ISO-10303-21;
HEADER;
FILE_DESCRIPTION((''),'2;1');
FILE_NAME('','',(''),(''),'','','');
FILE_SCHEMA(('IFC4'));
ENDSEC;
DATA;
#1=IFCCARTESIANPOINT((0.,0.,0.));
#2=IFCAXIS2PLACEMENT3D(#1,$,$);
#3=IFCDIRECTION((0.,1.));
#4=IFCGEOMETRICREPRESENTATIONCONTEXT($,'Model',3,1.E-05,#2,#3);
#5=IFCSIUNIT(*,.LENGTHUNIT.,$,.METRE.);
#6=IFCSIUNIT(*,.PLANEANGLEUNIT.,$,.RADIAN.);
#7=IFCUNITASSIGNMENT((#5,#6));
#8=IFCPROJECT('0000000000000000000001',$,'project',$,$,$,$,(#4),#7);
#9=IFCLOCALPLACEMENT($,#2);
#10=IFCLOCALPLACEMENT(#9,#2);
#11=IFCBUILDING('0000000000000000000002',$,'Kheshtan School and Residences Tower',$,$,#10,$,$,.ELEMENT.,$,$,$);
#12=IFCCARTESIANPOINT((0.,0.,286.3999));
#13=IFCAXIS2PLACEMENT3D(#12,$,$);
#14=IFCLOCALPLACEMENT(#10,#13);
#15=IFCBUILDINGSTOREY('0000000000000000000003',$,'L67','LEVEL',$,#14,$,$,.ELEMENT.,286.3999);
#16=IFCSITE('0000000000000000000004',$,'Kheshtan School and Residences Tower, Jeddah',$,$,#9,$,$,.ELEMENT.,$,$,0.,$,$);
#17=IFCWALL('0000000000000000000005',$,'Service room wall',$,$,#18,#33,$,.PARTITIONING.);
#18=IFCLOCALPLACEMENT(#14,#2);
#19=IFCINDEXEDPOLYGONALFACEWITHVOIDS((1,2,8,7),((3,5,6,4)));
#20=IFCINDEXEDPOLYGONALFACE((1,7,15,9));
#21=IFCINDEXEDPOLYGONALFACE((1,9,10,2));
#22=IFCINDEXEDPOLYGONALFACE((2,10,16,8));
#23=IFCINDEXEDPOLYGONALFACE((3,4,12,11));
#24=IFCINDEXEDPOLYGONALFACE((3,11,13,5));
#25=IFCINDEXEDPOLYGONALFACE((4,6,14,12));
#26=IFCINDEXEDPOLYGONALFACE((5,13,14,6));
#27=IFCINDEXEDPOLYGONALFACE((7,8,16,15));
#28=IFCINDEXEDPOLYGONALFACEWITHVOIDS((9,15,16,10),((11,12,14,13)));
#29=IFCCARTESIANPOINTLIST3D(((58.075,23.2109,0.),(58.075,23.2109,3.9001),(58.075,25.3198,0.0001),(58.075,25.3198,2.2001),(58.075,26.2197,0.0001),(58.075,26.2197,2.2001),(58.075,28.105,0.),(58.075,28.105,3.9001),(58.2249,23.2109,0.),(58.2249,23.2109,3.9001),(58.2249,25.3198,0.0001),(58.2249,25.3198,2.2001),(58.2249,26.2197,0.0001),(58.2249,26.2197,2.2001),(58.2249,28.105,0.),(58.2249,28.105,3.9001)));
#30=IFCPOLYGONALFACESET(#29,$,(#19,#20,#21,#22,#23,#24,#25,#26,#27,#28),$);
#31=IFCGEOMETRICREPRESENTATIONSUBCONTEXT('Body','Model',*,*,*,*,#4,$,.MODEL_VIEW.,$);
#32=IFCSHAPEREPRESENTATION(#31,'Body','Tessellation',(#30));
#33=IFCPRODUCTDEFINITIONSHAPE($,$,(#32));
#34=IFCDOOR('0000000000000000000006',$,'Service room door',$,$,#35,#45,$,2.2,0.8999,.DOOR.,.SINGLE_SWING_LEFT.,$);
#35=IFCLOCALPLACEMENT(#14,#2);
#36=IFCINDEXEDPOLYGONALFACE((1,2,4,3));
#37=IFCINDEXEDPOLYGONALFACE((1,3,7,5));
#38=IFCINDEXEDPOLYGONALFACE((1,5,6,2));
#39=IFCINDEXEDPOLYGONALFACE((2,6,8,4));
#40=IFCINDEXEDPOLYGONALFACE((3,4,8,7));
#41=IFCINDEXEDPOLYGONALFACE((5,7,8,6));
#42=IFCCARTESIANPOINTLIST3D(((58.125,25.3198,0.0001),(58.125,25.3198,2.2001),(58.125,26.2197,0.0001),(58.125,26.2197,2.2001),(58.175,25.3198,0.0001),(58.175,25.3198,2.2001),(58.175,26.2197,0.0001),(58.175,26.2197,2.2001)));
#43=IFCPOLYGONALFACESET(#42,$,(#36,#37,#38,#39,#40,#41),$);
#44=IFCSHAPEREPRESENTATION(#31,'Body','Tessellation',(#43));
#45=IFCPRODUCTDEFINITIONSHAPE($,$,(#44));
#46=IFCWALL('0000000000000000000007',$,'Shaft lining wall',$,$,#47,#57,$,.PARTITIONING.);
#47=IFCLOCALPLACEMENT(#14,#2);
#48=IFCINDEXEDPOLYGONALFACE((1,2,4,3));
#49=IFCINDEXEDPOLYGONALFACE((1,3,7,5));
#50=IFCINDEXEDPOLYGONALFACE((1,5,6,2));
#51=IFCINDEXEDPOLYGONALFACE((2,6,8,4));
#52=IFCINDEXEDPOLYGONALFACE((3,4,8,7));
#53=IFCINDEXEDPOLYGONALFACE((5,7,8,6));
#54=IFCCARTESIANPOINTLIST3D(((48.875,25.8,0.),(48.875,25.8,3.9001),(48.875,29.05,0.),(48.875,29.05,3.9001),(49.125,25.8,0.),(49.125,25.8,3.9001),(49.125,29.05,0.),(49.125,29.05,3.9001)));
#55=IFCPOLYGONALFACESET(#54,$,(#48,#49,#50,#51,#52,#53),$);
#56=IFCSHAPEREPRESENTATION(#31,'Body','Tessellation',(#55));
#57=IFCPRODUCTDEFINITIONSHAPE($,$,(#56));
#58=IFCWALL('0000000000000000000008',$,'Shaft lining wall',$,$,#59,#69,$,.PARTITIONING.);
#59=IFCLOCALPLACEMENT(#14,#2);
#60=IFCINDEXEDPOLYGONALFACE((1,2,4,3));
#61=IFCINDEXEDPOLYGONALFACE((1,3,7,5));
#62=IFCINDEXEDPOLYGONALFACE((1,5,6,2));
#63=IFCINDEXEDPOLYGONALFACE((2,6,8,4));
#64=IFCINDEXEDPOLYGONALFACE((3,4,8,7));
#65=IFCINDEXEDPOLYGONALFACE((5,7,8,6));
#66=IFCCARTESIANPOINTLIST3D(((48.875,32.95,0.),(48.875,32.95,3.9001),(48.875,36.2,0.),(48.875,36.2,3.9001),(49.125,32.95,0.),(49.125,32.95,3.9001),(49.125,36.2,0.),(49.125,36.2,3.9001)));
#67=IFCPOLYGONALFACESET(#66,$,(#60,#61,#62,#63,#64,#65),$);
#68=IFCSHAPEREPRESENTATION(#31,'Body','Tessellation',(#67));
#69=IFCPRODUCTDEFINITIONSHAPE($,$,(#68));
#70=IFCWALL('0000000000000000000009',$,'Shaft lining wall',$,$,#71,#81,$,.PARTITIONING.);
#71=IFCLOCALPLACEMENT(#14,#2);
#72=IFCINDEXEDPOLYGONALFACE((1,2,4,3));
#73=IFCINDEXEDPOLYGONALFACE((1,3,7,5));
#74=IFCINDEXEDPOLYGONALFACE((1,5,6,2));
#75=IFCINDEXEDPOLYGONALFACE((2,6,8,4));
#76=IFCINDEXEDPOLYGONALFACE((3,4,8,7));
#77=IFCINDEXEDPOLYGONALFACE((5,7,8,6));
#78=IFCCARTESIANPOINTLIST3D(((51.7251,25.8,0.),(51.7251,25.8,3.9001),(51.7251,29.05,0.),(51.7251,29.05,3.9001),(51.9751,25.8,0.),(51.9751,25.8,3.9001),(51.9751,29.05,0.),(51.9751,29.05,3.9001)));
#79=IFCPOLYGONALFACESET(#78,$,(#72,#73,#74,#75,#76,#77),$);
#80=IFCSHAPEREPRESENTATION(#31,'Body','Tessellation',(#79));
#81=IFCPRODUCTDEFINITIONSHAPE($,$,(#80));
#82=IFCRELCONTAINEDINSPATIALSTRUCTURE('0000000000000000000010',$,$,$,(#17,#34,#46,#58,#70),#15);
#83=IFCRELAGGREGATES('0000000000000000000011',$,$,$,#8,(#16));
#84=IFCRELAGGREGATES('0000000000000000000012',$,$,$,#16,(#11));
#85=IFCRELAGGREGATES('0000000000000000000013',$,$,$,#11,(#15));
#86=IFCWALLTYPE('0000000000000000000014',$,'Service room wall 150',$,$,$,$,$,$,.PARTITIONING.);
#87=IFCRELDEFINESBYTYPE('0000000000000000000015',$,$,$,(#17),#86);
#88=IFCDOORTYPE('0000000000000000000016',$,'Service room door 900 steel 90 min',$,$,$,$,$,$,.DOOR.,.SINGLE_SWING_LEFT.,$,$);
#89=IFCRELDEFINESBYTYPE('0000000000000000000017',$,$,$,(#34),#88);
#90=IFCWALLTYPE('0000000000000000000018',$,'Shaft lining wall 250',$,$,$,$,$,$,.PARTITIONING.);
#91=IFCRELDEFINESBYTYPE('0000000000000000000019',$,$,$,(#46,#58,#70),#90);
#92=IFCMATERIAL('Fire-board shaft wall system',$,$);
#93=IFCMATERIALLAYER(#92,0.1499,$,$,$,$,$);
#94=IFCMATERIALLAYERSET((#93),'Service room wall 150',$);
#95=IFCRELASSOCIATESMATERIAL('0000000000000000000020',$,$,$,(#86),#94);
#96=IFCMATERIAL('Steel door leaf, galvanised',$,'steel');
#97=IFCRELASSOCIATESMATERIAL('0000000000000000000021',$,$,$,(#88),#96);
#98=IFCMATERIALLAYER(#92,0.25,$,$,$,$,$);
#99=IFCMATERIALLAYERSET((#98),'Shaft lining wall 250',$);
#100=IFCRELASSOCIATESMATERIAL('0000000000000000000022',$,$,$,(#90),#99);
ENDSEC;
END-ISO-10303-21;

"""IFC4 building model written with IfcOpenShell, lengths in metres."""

from ifc_helpers import new_model, si_unit, direction, frame, frame_2d, origin, place, context, subcontext, project, spatial, rectangle, extrude, source, transform, mapped, material, layer, layer_set, type_object, element, fill, save


model = new_model("IFC4")

# Units and contexts
model_context = context("Model", 3, precision=1e-05, world=origin(), true_north=direction((0.0, 1.0)))
body_context = subcontext(model_context, "Body", "Model", "MODEL_VIEW")
ifc_project = project(units=[si_unit("LENGTHUNIT", "METRE"), si_unit("PLANEANGLEUNIT", "RADIAN")], contexts=[model_context])

# Site, building, storey
site_placement = place(None, origin())
site = spatial("IfcSite", under=ifc_project, at=site_placement, Name="Kheshtan School and Residences Tower, Jeddah", CompositionType="ELEMENT", RefElevation=0.0)
building_placement = place(site_placement, origin())
building = spatial("IfcBuilding", under=site, at=building_placement, Name="Kheshtan School and Residences Tower", CompositionType="ELEMENT")
storey_placement = place(building_placement, frame((0.0, 0.0, 286.3999)))
storey = spatial("IfcBuildingStorey", under=building, at=storey_placement, Name="L67", Description="LEVEL", CompositionType="ELEMENT", Elevation=286.3999)

# Shared definitions
ifc_material_1 = material(Name="Steel door leaf, galvanised", Category="steel")

# Shared definitions
ifc_material_2 = material(Name="Fire-board shaft wall system")
ifc_layer_1 = layer(ifc_material_2, 0.1499)
ifc_layer_set_1 = layer_set([ifc_layer_1], Name="Service room wall 150")
wall_type_1 = type_object("IfcWallType", Name="Service room wall 150", PredefinedType="PARTITIONING", material=ifc_layer_set_1)

# Wall, opening, door
wall_1_placement = place(storey_placement, frame((58.1499, 23.2109, 0.0), z_axis=(0.0, 0.0, 1.0), x_axis=(0.0, 1.0, 0.0)))
wall_1 = element("IfcWall", 1, at=wall_1_placement, inside=storey, type_object=wall_type_1, Name="Service room wall", PredefinedType="PARTITIONING", context=body_context, shape_type="SweptSolid", body=[
    extrude(rectangle(XDim=4.894, YDim=0.1499, at=frame_2d((2.447, 0.0))), origin(), (0.0, 0.0, 1.0), 3.9001),
])
opening_1_placement = place(wall_1_placement, frame((2.1089, 0.0, 0.0)))
opening_1 = element("IfcOpeningElement", 2, at=opening_1_placement, cuts=wall_1, PredefinedType="OPENING", context=body_context, shape_type="SweptSolid", body=[
    extrude(rectangle(XDim=0.8999, YDim=2.2, at=frame_2d((0.45, 1.1001))), frame((0.0, 0.085, 0.0), z_axis=(0.0, -1.0, 0.0), x_axis=(1.0, 0.0, 0.0)), (0.0, 0.0, 1.0), 0.1699),
])
door_type_1 = type_object("IfcDoorType", Name="Service room door 900 steel 90 min", OperationType="SINGLE_SWING_LEFT", PredefinedType="DOOR", material=ifc_material_1)
shared_shape_1 = source(origin(), body_context, "Body", "SweptSolid", [
    extrude(rectangle(XDim=0.8999, YDim=2.2, at=frame_2d((0.45, 1.1001))), frame((0.0, 0.0249, 0.0), z_axis=(0.0, -1.0, 0.0), x_axis=(1.0, 0.0, 0.0)), (0.0, 0.0, 1.0), 0.05),
])
door_1_placement = place(opening_1_placement, origin())
door_1 = element("IfcDoor", 3, at=door_1_placement, inside=storey, type_object=door_type_1, Name="Service room door", OperationType="SINGLE_SWING_LEFT", OverallHeight=2.2, OverallWidth=0.8999, PredefinedType="DOOR", context=body_context, shape_type="MappedRepresentation", body=[
    mapped(shared_shape_1, transform((0.0, 0.0, 0.0), x_axis=(1.0, 0.0, 0.0), y_axis=(0.0, 1.0, 0.0), z_axis=(0.0, 0.0, 1.0), scale=1.0)),
])
fill(opening_1, door_1)

# Walls
ifc_layer_2 = layer(ifc_material_2, 0.25)
ifc_layer_set_2 = layer_set([ifc_layer_2], Name="Shaft lining wall 250")
wall_type_2 = type_object("IfcWallType", Name="Shaft lining wall 250", PredefinedType="PARTITIONING", material=ifc_layer_set_2)
for number, where, z_axis, x_axis, name in (
    (4, (49.0, 25.8, 0.0), (0.0, 0.0, 1.0), (0.0, 1.0, 0.0), "Shaft lining wall"),
    (5, (49.0, 32.95, 0.0), (0.0, 0.0, 1.0), (0.0, 1.0, 0.0), "Shaft lining wall"),
    (6, (51.8501, 25.8, 0.0), (0.0, 0.0, 1.0), (0.0, 1.0, 0.0), "Shaft lining wall"),
):
    element("IfcWall", number, at=place(storey_placement, frame(where, z_axis=z_axis, x_axis=x_axis)), inside=storey, type_object=wall_type_2, Name=name, PredefinedType="PARTITIONING", context=body_context, shape_type="SweptSolid", body=[
        extrude(rectangle(XDim=3.25, YDim=0.25, at=frame_2d((1.625, 0.0))), origin(), (0.0, 0.0, 1.0), 3.9001),
    ])

save(model, "model.ifc")
